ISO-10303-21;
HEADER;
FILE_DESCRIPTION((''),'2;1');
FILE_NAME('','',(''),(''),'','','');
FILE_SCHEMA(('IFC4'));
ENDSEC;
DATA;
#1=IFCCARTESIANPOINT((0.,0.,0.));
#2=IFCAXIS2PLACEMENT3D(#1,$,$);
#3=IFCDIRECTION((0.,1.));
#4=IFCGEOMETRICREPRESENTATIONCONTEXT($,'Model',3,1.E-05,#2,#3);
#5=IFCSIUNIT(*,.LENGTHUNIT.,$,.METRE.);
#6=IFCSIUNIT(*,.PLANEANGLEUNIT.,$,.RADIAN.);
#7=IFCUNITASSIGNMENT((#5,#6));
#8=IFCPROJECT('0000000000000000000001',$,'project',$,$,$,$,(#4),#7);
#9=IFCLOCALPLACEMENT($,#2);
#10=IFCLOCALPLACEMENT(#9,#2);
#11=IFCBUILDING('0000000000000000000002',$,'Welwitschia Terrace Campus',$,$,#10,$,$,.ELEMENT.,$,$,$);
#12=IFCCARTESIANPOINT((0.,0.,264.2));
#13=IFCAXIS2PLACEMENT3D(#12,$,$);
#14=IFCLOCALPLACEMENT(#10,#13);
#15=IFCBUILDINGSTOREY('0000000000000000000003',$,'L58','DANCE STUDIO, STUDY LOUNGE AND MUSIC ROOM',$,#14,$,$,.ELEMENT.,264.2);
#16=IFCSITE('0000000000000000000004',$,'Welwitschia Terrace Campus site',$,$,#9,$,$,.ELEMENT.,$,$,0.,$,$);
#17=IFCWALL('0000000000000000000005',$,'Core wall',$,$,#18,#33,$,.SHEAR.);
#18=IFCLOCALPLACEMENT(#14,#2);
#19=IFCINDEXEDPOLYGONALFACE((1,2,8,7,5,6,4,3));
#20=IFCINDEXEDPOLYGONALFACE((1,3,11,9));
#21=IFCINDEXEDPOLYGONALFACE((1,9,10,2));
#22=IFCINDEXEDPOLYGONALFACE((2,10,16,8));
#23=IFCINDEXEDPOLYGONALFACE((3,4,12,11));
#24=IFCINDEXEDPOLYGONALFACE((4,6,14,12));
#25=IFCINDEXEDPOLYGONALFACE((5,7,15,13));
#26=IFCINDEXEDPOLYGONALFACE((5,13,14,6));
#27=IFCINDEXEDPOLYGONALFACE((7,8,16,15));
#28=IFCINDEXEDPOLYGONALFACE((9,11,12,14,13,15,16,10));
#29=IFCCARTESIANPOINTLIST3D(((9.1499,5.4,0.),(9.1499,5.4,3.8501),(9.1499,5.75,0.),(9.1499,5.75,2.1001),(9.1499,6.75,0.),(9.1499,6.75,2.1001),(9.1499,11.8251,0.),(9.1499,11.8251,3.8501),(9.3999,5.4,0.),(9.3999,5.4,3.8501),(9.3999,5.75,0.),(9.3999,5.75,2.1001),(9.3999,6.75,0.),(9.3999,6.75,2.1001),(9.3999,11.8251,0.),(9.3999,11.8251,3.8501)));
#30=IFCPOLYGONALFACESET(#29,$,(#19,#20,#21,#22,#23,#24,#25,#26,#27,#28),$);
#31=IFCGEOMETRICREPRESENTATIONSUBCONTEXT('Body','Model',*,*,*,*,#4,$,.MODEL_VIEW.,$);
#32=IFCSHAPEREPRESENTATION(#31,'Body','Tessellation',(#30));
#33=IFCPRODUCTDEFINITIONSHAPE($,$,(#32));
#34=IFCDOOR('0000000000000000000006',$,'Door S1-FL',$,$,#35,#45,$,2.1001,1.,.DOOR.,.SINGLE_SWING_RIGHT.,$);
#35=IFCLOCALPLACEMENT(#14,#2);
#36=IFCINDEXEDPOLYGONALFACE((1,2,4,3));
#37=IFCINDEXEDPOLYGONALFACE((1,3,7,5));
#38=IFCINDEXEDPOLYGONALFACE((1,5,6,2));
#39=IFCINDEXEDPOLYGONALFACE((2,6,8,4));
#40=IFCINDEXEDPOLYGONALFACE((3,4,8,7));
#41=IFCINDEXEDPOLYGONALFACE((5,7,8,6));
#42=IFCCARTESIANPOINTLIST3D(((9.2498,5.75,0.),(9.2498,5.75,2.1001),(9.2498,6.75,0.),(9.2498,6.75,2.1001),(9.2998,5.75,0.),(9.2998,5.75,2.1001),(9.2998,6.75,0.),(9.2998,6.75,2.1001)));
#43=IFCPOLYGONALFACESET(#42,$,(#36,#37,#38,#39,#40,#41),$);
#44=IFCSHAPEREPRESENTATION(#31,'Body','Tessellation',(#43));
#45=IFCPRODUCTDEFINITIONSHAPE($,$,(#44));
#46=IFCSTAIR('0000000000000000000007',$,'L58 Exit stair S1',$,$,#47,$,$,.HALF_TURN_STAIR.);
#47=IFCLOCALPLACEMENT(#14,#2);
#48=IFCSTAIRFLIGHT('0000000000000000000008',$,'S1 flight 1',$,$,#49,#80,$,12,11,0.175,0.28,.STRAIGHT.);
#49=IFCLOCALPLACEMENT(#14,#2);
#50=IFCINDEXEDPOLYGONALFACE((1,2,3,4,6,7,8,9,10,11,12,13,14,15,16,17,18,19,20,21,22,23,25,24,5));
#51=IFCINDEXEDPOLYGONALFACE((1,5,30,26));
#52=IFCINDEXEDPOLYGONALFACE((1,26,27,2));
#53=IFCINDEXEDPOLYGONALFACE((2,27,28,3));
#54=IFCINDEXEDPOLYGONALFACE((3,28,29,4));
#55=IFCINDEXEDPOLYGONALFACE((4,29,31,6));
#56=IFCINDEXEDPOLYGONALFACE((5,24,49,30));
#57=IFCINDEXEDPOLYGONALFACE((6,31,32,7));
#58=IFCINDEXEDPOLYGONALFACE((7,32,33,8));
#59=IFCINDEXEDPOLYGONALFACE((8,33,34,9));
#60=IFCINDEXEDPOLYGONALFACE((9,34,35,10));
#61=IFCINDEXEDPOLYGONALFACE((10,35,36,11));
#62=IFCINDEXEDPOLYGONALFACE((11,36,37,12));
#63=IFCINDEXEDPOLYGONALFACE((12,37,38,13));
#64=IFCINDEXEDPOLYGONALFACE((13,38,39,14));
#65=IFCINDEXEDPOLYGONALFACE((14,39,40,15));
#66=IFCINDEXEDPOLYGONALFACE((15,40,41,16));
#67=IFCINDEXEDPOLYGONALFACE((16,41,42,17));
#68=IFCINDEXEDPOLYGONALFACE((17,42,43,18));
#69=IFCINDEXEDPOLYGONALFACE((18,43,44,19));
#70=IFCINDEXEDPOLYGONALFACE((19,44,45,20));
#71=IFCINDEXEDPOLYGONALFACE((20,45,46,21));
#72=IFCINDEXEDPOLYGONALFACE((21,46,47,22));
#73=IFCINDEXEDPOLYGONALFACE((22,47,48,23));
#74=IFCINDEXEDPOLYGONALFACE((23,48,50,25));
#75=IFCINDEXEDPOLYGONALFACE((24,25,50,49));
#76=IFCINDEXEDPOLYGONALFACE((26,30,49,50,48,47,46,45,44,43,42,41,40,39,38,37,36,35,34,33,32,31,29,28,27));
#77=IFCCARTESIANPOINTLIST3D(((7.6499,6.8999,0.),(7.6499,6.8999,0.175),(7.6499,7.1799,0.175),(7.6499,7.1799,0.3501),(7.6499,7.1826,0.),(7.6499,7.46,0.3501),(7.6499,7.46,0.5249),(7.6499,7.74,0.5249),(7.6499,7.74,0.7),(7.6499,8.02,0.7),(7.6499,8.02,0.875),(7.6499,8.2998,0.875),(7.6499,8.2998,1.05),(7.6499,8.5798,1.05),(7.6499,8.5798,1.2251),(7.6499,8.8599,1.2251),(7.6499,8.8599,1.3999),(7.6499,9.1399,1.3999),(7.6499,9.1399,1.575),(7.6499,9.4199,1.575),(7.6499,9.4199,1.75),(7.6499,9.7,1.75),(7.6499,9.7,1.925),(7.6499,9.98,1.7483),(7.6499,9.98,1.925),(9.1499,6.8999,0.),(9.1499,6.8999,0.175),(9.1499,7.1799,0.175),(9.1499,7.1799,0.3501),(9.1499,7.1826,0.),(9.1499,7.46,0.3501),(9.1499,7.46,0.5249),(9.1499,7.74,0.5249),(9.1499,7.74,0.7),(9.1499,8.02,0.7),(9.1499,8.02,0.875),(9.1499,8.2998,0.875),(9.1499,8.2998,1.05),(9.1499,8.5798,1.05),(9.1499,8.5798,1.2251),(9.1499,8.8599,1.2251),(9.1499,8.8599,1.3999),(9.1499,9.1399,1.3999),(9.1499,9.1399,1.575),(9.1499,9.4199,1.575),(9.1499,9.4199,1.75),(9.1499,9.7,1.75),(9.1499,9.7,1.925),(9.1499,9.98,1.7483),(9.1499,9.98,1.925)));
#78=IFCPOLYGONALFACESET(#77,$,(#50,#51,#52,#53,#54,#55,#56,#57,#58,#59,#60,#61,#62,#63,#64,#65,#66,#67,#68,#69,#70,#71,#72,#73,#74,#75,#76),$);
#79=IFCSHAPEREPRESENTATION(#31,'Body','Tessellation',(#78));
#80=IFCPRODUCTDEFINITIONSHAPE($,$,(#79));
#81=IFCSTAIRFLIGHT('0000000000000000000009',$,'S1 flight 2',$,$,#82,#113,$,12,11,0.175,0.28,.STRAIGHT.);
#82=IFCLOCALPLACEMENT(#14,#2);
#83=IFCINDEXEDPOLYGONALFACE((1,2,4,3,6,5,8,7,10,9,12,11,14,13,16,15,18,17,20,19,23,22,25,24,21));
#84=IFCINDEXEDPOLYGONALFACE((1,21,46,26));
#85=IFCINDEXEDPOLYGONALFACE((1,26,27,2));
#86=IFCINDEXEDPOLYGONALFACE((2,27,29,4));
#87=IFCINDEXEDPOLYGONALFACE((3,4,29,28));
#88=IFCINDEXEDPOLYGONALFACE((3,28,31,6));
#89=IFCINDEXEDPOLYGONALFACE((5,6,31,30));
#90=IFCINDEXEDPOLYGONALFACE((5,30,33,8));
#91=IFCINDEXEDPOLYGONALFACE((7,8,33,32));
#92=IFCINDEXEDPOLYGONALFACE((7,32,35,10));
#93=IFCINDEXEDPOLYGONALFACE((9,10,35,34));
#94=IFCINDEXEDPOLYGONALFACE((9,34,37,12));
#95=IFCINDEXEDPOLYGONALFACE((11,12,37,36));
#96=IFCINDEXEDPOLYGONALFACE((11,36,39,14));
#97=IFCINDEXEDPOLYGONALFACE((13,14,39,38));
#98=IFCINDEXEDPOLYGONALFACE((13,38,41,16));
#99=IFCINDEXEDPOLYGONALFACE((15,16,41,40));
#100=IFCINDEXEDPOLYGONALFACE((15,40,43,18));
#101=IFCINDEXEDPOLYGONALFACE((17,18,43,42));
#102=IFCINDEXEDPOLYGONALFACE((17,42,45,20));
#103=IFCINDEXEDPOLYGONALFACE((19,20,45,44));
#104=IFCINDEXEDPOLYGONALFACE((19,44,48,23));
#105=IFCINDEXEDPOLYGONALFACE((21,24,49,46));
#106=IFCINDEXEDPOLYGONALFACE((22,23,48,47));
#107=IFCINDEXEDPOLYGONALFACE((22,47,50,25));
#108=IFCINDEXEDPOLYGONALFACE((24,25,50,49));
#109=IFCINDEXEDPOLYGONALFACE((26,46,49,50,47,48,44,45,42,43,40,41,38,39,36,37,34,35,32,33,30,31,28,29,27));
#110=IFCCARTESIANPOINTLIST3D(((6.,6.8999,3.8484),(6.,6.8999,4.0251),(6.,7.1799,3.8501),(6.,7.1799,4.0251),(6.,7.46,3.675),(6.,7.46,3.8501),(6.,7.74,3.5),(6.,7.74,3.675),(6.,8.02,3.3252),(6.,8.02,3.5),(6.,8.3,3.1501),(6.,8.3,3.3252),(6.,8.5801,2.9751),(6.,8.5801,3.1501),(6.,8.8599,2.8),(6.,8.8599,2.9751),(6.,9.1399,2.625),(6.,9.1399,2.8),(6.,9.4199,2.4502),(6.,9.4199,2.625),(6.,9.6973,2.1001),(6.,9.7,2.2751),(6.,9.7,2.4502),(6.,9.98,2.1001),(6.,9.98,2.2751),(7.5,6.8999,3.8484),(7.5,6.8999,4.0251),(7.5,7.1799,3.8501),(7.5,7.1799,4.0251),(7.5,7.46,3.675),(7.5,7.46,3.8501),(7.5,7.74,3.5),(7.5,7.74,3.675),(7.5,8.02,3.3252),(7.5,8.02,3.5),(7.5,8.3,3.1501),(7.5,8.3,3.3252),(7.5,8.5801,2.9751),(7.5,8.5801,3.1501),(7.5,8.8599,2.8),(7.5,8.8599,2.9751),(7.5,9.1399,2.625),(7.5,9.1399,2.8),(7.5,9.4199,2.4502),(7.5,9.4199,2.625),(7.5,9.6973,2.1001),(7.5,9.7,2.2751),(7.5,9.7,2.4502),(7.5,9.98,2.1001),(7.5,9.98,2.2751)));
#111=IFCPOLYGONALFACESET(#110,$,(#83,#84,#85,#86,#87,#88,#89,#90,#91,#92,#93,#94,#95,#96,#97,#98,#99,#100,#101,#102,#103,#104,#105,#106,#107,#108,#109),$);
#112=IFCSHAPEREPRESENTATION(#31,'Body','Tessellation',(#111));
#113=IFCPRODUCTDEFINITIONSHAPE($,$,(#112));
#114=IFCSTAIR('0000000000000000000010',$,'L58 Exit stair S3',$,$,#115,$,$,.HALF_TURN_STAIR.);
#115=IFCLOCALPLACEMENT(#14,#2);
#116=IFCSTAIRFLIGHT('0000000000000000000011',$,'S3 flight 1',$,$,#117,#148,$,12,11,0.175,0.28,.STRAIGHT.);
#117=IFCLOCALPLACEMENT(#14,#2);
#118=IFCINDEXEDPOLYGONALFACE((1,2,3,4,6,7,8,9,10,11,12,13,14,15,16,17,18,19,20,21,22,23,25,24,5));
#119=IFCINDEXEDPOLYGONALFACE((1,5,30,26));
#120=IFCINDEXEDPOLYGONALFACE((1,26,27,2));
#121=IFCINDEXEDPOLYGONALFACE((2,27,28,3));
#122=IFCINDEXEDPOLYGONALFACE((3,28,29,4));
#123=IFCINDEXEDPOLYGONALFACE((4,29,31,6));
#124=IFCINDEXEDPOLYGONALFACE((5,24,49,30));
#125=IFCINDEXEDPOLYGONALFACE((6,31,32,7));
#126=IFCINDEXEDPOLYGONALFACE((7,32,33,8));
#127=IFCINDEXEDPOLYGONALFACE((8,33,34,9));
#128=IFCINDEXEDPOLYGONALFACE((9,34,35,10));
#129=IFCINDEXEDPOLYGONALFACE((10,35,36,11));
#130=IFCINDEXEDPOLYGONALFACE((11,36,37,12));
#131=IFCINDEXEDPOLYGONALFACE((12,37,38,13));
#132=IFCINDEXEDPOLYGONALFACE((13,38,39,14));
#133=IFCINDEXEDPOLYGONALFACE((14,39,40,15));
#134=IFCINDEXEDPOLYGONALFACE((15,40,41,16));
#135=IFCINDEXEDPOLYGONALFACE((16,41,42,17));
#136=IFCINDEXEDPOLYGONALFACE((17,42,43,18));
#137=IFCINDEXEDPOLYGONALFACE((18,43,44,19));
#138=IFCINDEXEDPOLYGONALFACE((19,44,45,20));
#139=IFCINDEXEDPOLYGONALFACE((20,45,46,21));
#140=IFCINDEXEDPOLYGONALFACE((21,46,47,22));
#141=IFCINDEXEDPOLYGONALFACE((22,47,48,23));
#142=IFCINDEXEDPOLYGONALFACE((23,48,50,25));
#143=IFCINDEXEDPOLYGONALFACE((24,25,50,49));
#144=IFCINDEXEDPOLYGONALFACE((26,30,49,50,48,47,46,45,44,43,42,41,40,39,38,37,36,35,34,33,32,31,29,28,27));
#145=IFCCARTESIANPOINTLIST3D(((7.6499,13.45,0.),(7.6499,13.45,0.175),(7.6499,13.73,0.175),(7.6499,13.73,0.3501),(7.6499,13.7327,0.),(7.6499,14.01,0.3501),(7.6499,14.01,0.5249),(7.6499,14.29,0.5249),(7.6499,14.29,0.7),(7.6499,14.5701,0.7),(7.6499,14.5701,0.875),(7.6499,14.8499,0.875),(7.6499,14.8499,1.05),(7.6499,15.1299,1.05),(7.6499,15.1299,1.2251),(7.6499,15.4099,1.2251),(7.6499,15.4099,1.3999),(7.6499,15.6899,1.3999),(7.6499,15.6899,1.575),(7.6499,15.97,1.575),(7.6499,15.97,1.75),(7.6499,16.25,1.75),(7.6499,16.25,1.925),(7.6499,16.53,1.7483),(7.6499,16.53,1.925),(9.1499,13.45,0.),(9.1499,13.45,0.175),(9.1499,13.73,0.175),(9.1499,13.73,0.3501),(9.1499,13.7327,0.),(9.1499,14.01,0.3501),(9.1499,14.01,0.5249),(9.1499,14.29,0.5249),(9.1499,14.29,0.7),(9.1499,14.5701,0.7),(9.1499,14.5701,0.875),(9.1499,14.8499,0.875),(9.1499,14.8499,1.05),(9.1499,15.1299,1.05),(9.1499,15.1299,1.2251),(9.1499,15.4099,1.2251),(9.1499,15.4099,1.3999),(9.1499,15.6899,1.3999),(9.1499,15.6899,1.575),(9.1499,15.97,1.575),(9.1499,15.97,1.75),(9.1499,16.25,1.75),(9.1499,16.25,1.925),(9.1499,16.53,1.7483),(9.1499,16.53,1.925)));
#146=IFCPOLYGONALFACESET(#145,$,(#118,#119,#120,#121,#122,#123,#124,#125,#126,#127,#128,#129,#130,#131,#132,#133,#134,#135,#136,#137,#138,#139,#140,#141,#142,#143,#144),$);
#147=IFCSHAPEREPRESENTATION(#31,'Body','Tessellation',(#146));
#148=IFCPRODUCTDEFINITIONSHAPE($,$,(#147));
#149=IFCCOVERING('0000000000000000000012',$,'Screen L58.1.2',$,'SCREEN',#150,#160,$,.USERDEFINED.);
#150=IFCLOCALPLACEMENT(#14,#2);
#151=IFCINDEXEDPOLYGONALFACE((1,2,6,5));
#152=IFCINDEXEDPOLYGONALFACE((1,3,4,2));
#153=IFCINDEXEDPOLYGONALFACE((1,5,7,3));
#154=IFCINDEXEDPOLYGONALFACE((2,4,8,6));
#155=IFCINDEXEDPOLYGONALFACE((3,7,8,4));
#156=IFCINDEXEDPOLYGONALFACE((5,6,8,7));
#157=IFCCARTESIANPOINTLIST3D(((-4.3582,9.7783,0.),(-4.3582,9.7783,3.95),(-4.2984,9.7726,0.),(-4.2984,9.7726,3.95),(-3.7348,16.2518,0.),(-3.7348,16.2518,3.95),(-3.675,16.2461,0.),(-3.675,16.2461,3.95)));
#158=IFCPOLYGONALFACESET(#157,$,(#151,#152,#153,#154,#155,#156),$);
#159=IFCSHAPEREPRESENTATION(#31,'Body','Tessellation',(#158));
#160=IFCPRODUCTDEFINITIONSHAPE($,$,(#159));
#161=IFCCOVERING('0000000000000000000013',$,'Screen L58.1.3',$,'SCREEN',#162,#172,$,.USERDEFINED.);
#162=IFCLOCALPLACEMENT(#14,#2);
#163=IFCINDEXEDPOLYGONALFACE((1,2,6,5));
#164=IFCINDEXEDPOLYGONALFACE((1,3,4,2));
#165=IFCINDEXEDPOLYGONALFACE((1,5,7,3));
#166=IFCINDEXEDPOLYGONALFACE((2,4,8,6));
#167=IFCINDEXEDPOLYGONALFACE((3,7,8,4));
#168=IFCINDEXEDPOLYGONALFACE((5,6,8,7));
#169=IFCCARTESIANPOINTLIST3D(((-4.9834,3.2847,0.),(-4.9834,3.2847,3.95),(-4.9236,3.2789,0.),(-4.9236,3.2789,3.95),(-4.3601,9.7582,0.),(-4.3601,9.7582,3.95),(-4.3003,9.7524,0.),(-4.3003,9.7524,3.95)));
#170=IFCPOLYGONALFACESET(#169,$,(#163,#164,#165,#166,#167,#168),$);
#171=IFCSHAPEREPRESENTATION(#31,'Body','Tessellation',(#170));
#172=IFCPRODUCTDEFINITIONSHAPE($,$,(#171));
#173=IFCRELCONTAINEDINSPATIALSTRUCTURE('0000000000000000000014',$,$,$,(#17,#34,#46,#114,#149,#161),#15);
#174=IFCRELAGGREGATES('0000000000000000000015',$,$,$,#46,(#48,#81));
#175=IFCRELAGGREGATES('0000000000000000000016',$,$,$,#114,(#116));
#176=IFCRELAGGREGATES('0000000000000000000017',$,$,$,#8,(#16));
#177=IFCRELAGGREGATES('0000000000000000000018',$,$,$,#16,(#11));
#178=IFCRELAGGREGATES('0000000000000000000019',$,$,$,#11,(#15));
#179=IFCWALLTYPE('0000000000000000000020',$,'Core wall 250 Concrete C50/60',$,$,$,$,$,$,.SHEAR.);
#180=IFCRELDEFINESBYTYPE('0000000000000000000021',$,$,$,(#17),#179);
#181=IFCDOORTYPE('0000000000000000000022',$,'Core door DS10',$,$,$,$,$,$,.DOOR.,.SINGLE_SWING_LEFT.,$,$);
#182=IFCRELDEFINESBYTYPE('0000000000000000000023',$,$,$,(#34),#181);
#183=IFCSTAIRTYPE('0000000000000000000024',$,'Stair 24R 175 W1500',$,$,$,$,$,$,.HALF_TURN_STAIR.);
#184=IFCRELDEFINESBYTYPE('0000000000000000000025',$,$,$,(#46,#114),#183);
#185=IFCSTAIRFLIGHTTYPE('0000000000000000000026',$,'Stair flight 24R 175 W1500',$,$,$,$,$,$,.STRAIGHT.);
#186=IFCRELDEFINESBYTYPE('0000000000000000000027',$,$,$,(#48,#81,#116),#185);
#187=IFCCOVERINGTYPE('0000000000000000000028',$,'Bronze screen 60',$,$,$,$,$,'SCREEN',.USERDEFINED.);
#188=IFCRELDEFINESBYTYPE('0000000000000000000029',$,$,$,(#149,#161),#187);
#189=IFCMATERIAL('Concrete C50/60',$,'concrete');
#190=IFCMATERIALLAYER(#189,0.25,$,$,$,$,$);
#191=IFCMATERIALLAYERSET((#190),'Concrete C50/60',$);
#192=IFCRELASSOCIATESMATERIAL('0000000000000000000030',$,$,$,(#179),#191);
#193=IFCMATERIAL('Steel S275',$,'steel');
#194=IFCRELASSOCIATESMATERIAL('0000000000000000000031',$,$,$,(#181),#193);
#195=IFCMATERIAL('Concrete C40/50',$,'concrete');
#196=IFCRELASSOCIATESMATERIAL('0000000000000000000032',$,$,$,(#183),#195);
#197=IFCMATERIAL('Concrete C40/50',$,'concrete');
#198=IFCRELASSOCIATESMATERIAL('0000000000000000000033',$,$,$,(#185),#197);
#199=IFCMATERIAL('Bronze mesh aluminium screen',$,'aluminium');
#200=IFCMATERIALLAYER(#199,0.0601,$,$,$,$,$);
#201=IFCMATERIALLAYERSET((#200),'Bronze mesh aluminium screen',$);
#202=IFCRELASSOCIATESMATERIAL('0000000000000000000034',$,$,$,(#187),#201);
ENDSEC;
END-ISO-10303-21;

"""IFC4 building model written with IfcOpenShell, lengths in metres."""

from ifc_helpers import new_model, si_unit, direction, frame, frame_2d, origin, origin_2d, place, context, subcontext, project, spatial, polyline, rectangle, outline, extrude, material, layer, layer_set, type_object, element, fill, aggregate, save


model = new_model("IFC4")

# Units and contexts
model_context = context("Model", 3, precision=1e-05, world=origin(), true_north=direction((0.0, 1.0)))
body_context = subcontext(model_context, "Body", "Model", "MODEL_VIEW")
ifc_project = project(units=[si_unit("LENGTHUNIT", "METRE"), si_unit("PLANEANGLEUNIT", "RADIAN")], contexts=[model_context])

# Site, building, storey
site_placement = place(None, origin())
site = spatial("IfcSite", under=ifc_project, at=site_placement, Name="Welwitschia Terrace Campus site", CompositionType="ELEMENT", RefElevation=0.0)
building_placement = place(site_placement, origin())
building = spatial("IfcBuilding", under=site, at=building_placement, Name="Welwitschia Terrace Campus", CompositionType="ELEMENT")
storey_placement = place(building_placement, frame((0.0, 0.0, 264.2)))
storey = spatial("IfcBuildingStorey", under=building, at=storey_placement, Name="L58", Description="DANCE STUDIO, STUDY LOUNGE AND MUSIC ROOM", CompositionType="ELEMENT", Elevation=264.2)

# Shared definitions
ifc_material_1 = material(Name="Concrete C50/60", Category="concrete")
ifc_layer_1 = layer(ifc_material_1, 0.25)
ifc_layer_set_1 = layer_set([ifc_layer_1], Name="Concrete C50/60")
wall_type_1 = type_object("IfcWallType", Name="Core wall 250 Concrete C50/60", PredefinedType="SHEAR", material=ifc_layer_set_1)

# Wall, opening, door
wall_1_placement = place(storey_placement, frame((9.2749, 11.825, 0.0), z_axis=(0.0, 0.0, 1.0), x_axis=(0.0, -1.0, 0.0)))
wall_1 = element("IfcWall", 1, at=wall_1_placement, inside=storey, type_object=wall_type_1, Name="Core wall", PredefinedType="SHEAR", context=body_context, shape_type="SweptSolid", body=[
    extrude(rectangle(XDim=6.425, YDim=0.25, at=frame_2d((3.2124, 0.0))), origin(), (0.0, 0.0, 1.0), 3.8501),
])
opening_placement = place(wall_1_placement, frame((5.075, 0.0, 0.0)))
opening = element("IfcOpeningElement", 2, at=opening_placement, cuts=wall_1, PredefinedType="OPENING", context=body_context, shape_type="SweptSolid", body=[
    extrude(rectangle(XDim=1.0, YDim=2.1001, at=frame_2d((0.5, 1.05))), frame((0.0, 0.135, 0.0), z_axis=(0.0, -1.0, 0.0), x_axis=(1.0, 0.0, 0.0)), (0.0, 0.0, 1.0), 0.27),
])
ifc_material_2 = material(Name="Steel S275", Category="steel")
door_type = type_object("IfcDoorType", Name="Core door DS10", OperationType="SINGLE_SWING_LEFT", PredefinedType="DOOR", material=ifc_material_2)
door_placement = place(opening_placement, origin())
door = element("IfcDoor", 3, at=door_placement, inside=storey, type_object=door_type, Name="Door S1-FL", OperationType="SINGLE_SWING_RIGHT", OverallHeight=2.1001, OverallWidth=1.0, PredefinedType="DOOR", context=body_context, shape_type="SweptSolid", body=[
    extrude(rectangle(XDim=1.0, YDim=2.1001, at=frame_2d((0.5, 1.05))), frame((0.0, 0.0249, 0.0), z_axis=(0.0, -1.0, 0.0), x_axis=(1.0, 0.0, 0.0)), (0.0, 0.0, 1.0), 0.05),
])
fill(opening, door)

# Stair, stair flights
ifc_material_3 = material(Name="Concrete C40/50", Category="concrete")
stair_type = type_object("IfcStairType", Name="Stair 24R 175 W1500", PredefinedType="HALF_TURN_STAIR", material=ifc_material_3)
stair_1_placement = place(storey_placement, origin())
stair_1 = element("IfcStair", 4, at=stair_1_placement, inside=storey, type_object=stair_type, Name="L58 Exit stair S1", PredefinedType="HALF_TURN_STAIR")
ifc_material_4 = material(Name="Concrete C40/50", Category="concrete")
stair_flight_type = type_object("IfcStairFlightType", Name="Stair flight 24R 175 W1500", PredefinedType="STRAIGHT", material=ifc_material_4)
stair_flight_1_placement = place(storey_placement, frame((8.3999, 6.8999, 0.0), z_axis=(0.0, 0.0, 1.0), x_axis=(0.0, 1.0, 0.0)))
stair_flight_1 = element("IfcStairFlight", 5, at=stair_flight_1_placement, type_object=stair_flight_type, Name="S1 flight 1", NumberOfRisers=12, NumberOfTreads=11, PredefinedType="STRAIGHT", RiserHeight=0.175, TreadLength=0.28, context=body_context, shape_type="SweptSolid", body=[
    extrude(outline(polyline([(0.0, 0.0), (0.0, 0.175), (0.28, 0.175), (0.28, 0.3501), (0.5601, 0.3501), (0.5601, 0.5249), (0.8401, 0.5249), (0.8401, 0.7), (1.1201, 0.7), (1.1201, 0.875), (1.3999, 0.875), (1.3999, 1.05), (1.6799, 1.05), (1.6799, 1.2251), (1.96, 1.2251), (1.96, 1.3999), (2.24, 1.3999), (2.24, 1.575), (2.52, 1.575), (2.52, 1.75), (2.8, 1.75), (2.8, 1.925), (3.0801, 1.925), (3.0801, 2.1001), (3.0801, 1.7483), (0.2827, 0.0), (0.0, 0.0)])), frame((0.0, 0.75, 0.0), z_axis=(0.0, -1.0, 0.0), x_axis=(1.0, 0.0, 0.0)), (0.0, 0.0, 1.0), 1.5),
])
stair_flight_2_placement = place(storey_placement, frame((6.75, 9.98, 2.1001), z_axis=(0.0, 0.0, 1.0), x_axis=(0.0, -1.0, 0.0)))
stair_flight_2 = element("IfcStairFlight", 6, at=stair_flight_2_placement, type_object=stair_flight_type, Name="S1 flight 2", NumberOfRisers=12, NumberOfTreads=11, PredefinedType="STRAIGHT", RiserHeight=0.175, TreadLength=0.28, context=body_context, shape_type="SweptSolid", body=[
    extrude(outline(polyline([(0.0, 0.0), (0.0, 0.175), (0.28, 0.175), (0.28, 0.3501), (0.5601, 0.3501), (0.5601, 0.5249), (0.8401, 0.5249), (0.8401, 0.7), (1.1201, 0.7), (1.1201, 0.875), (1.3999, 0.875), (1.3999, 1.05), (1.6799, 1.05), (1.6799, 1.2251), (1.96, 1.2251), (1.96, 1.3999), (2.24, 1.3999), (2.24, 1.575), (2.52, 1.575), (2.52, 1.75), (2.8, 1.75), (2.8, 1.925), (3.0801, 1.925), (3.0801, 2.1001), (3.0801, 1.7483), (0.2827, 0.0), (0.0, 0.0)])), frame((0.0, 0.75, 0.0), z_axis=(0.0, -1.0, 0.0), x_axis=(1.0, 0.0, 0.0)), (0.0, 0.0, 1.0), 1.5),
])
aggregate(stair_1, [stair_flight_1, stair_flight_2])

# Stair, stair flight
stair_2_placement = place(storey_placement, origin())
stair_2 = element("IfcStair", 7, at=stair_2_placement, inside=storey, type_object=stair_type, Name="L58 Exit stair S3", PredefinedType="HALF_TURN_STAIR")
stair_flight_3_placement = place(storey_placement, frame((8.3999, 13.45, 0.0), z_axis=(0.0, 0.0, 1.0), x_axis=(0.0, 1.0, 0.0)))
stair_flight_3 = element("IfcStairFlight", 8, at=stair_flight_3_placement, type_object=stair_flight_type, Name="S3 flight 1", NumberOfRisers=12, NumberOfTreads=11, PredefinedType="STRAIGHT", RiserHeight=0.175, TreadLength=0.28, context=body_context, shape_type="SweptSolid", body=[
    extrude(outline(polyline([(0.0, 0.0), (0.0, 0.175), (0.28, 0.175), (0.28, 0.3501), (0.5601, 0.3501), (0.5601, 0.5249), (0.8401, 0.5249), (0.8401, 0.7), (1.1201, 0.7), (1.1201, 0.875), (1.3999, 0.875), (1.3999, 1.05), (1.6799, 1.05), (1.6799, 1.2251), (1.96, 1.2251), (1.96, 1.3999), (2.24, 1.3999), (2.24, 1.575), (2.52, 1.575), (2.52, 1.75), (2.8, 1.75), (2.8, 1.925), (3.0801, 1.925), (3.0801, 2.1001), (3.0801, 1.7483), (0.2827, 0.0), (0.0, 0.0)])), frame((0.0, 0.75, 0.0), z_axis=(0.0, -1.0, 0.0), x_axis=(1.0, 0.0, 0.0)), (0.0, 0.0, 1.0), 1.5),
])
aggregate(stair_2, [stair_flight_3])

# Coverings
ifc_material_5 = material(Name="Bronze mesh aluminium screen", Category="aluminium")
ifc_layer_2 = layer(ifc_material_5, 0.0601)
ifc_layer_set_2 = layer_set([ifc_layer_2], Name="Bronze mesh aluminium screen")
covering_type = type_object("IfcCoveringType", Name="Bronze screen 60", ElementType="SCREEN", PredefinedType="USERDEFINED", material=ifc_layer_set_2)
for number, where, z_axis, x_axis, name in (
    (9, (-4.0166, 13.0122, 0.0), (0.0, 0.0, 1.0), (-0.095846, -0.995396, 0.0), "Screen L58.1.2"),
    (10, (-4.6418, 6.5186, 0.0), (0.0, 0.0, 1.0), (-0.095846, -0.995396, 0.0), "Screen L58.1.3"),
):
    element("IfcCovering", number, at=place(storey_placement, frame(where, z_axis=z_axis, x_axis=x_axis)), inside=storey, type_object=covering_type, Name=name, ObjectType="SCREEN", PredefinedType="USERDEFINED", context=body_context, shape_type="SweptSolid", body=[
        extrude(rectangle(XDim=6.5034, YDim=0.0601, at=origin_2d()), origin(), (0.0, 0.0, 1.0), 3.95),
    ])

save(model, "model.ifc")
